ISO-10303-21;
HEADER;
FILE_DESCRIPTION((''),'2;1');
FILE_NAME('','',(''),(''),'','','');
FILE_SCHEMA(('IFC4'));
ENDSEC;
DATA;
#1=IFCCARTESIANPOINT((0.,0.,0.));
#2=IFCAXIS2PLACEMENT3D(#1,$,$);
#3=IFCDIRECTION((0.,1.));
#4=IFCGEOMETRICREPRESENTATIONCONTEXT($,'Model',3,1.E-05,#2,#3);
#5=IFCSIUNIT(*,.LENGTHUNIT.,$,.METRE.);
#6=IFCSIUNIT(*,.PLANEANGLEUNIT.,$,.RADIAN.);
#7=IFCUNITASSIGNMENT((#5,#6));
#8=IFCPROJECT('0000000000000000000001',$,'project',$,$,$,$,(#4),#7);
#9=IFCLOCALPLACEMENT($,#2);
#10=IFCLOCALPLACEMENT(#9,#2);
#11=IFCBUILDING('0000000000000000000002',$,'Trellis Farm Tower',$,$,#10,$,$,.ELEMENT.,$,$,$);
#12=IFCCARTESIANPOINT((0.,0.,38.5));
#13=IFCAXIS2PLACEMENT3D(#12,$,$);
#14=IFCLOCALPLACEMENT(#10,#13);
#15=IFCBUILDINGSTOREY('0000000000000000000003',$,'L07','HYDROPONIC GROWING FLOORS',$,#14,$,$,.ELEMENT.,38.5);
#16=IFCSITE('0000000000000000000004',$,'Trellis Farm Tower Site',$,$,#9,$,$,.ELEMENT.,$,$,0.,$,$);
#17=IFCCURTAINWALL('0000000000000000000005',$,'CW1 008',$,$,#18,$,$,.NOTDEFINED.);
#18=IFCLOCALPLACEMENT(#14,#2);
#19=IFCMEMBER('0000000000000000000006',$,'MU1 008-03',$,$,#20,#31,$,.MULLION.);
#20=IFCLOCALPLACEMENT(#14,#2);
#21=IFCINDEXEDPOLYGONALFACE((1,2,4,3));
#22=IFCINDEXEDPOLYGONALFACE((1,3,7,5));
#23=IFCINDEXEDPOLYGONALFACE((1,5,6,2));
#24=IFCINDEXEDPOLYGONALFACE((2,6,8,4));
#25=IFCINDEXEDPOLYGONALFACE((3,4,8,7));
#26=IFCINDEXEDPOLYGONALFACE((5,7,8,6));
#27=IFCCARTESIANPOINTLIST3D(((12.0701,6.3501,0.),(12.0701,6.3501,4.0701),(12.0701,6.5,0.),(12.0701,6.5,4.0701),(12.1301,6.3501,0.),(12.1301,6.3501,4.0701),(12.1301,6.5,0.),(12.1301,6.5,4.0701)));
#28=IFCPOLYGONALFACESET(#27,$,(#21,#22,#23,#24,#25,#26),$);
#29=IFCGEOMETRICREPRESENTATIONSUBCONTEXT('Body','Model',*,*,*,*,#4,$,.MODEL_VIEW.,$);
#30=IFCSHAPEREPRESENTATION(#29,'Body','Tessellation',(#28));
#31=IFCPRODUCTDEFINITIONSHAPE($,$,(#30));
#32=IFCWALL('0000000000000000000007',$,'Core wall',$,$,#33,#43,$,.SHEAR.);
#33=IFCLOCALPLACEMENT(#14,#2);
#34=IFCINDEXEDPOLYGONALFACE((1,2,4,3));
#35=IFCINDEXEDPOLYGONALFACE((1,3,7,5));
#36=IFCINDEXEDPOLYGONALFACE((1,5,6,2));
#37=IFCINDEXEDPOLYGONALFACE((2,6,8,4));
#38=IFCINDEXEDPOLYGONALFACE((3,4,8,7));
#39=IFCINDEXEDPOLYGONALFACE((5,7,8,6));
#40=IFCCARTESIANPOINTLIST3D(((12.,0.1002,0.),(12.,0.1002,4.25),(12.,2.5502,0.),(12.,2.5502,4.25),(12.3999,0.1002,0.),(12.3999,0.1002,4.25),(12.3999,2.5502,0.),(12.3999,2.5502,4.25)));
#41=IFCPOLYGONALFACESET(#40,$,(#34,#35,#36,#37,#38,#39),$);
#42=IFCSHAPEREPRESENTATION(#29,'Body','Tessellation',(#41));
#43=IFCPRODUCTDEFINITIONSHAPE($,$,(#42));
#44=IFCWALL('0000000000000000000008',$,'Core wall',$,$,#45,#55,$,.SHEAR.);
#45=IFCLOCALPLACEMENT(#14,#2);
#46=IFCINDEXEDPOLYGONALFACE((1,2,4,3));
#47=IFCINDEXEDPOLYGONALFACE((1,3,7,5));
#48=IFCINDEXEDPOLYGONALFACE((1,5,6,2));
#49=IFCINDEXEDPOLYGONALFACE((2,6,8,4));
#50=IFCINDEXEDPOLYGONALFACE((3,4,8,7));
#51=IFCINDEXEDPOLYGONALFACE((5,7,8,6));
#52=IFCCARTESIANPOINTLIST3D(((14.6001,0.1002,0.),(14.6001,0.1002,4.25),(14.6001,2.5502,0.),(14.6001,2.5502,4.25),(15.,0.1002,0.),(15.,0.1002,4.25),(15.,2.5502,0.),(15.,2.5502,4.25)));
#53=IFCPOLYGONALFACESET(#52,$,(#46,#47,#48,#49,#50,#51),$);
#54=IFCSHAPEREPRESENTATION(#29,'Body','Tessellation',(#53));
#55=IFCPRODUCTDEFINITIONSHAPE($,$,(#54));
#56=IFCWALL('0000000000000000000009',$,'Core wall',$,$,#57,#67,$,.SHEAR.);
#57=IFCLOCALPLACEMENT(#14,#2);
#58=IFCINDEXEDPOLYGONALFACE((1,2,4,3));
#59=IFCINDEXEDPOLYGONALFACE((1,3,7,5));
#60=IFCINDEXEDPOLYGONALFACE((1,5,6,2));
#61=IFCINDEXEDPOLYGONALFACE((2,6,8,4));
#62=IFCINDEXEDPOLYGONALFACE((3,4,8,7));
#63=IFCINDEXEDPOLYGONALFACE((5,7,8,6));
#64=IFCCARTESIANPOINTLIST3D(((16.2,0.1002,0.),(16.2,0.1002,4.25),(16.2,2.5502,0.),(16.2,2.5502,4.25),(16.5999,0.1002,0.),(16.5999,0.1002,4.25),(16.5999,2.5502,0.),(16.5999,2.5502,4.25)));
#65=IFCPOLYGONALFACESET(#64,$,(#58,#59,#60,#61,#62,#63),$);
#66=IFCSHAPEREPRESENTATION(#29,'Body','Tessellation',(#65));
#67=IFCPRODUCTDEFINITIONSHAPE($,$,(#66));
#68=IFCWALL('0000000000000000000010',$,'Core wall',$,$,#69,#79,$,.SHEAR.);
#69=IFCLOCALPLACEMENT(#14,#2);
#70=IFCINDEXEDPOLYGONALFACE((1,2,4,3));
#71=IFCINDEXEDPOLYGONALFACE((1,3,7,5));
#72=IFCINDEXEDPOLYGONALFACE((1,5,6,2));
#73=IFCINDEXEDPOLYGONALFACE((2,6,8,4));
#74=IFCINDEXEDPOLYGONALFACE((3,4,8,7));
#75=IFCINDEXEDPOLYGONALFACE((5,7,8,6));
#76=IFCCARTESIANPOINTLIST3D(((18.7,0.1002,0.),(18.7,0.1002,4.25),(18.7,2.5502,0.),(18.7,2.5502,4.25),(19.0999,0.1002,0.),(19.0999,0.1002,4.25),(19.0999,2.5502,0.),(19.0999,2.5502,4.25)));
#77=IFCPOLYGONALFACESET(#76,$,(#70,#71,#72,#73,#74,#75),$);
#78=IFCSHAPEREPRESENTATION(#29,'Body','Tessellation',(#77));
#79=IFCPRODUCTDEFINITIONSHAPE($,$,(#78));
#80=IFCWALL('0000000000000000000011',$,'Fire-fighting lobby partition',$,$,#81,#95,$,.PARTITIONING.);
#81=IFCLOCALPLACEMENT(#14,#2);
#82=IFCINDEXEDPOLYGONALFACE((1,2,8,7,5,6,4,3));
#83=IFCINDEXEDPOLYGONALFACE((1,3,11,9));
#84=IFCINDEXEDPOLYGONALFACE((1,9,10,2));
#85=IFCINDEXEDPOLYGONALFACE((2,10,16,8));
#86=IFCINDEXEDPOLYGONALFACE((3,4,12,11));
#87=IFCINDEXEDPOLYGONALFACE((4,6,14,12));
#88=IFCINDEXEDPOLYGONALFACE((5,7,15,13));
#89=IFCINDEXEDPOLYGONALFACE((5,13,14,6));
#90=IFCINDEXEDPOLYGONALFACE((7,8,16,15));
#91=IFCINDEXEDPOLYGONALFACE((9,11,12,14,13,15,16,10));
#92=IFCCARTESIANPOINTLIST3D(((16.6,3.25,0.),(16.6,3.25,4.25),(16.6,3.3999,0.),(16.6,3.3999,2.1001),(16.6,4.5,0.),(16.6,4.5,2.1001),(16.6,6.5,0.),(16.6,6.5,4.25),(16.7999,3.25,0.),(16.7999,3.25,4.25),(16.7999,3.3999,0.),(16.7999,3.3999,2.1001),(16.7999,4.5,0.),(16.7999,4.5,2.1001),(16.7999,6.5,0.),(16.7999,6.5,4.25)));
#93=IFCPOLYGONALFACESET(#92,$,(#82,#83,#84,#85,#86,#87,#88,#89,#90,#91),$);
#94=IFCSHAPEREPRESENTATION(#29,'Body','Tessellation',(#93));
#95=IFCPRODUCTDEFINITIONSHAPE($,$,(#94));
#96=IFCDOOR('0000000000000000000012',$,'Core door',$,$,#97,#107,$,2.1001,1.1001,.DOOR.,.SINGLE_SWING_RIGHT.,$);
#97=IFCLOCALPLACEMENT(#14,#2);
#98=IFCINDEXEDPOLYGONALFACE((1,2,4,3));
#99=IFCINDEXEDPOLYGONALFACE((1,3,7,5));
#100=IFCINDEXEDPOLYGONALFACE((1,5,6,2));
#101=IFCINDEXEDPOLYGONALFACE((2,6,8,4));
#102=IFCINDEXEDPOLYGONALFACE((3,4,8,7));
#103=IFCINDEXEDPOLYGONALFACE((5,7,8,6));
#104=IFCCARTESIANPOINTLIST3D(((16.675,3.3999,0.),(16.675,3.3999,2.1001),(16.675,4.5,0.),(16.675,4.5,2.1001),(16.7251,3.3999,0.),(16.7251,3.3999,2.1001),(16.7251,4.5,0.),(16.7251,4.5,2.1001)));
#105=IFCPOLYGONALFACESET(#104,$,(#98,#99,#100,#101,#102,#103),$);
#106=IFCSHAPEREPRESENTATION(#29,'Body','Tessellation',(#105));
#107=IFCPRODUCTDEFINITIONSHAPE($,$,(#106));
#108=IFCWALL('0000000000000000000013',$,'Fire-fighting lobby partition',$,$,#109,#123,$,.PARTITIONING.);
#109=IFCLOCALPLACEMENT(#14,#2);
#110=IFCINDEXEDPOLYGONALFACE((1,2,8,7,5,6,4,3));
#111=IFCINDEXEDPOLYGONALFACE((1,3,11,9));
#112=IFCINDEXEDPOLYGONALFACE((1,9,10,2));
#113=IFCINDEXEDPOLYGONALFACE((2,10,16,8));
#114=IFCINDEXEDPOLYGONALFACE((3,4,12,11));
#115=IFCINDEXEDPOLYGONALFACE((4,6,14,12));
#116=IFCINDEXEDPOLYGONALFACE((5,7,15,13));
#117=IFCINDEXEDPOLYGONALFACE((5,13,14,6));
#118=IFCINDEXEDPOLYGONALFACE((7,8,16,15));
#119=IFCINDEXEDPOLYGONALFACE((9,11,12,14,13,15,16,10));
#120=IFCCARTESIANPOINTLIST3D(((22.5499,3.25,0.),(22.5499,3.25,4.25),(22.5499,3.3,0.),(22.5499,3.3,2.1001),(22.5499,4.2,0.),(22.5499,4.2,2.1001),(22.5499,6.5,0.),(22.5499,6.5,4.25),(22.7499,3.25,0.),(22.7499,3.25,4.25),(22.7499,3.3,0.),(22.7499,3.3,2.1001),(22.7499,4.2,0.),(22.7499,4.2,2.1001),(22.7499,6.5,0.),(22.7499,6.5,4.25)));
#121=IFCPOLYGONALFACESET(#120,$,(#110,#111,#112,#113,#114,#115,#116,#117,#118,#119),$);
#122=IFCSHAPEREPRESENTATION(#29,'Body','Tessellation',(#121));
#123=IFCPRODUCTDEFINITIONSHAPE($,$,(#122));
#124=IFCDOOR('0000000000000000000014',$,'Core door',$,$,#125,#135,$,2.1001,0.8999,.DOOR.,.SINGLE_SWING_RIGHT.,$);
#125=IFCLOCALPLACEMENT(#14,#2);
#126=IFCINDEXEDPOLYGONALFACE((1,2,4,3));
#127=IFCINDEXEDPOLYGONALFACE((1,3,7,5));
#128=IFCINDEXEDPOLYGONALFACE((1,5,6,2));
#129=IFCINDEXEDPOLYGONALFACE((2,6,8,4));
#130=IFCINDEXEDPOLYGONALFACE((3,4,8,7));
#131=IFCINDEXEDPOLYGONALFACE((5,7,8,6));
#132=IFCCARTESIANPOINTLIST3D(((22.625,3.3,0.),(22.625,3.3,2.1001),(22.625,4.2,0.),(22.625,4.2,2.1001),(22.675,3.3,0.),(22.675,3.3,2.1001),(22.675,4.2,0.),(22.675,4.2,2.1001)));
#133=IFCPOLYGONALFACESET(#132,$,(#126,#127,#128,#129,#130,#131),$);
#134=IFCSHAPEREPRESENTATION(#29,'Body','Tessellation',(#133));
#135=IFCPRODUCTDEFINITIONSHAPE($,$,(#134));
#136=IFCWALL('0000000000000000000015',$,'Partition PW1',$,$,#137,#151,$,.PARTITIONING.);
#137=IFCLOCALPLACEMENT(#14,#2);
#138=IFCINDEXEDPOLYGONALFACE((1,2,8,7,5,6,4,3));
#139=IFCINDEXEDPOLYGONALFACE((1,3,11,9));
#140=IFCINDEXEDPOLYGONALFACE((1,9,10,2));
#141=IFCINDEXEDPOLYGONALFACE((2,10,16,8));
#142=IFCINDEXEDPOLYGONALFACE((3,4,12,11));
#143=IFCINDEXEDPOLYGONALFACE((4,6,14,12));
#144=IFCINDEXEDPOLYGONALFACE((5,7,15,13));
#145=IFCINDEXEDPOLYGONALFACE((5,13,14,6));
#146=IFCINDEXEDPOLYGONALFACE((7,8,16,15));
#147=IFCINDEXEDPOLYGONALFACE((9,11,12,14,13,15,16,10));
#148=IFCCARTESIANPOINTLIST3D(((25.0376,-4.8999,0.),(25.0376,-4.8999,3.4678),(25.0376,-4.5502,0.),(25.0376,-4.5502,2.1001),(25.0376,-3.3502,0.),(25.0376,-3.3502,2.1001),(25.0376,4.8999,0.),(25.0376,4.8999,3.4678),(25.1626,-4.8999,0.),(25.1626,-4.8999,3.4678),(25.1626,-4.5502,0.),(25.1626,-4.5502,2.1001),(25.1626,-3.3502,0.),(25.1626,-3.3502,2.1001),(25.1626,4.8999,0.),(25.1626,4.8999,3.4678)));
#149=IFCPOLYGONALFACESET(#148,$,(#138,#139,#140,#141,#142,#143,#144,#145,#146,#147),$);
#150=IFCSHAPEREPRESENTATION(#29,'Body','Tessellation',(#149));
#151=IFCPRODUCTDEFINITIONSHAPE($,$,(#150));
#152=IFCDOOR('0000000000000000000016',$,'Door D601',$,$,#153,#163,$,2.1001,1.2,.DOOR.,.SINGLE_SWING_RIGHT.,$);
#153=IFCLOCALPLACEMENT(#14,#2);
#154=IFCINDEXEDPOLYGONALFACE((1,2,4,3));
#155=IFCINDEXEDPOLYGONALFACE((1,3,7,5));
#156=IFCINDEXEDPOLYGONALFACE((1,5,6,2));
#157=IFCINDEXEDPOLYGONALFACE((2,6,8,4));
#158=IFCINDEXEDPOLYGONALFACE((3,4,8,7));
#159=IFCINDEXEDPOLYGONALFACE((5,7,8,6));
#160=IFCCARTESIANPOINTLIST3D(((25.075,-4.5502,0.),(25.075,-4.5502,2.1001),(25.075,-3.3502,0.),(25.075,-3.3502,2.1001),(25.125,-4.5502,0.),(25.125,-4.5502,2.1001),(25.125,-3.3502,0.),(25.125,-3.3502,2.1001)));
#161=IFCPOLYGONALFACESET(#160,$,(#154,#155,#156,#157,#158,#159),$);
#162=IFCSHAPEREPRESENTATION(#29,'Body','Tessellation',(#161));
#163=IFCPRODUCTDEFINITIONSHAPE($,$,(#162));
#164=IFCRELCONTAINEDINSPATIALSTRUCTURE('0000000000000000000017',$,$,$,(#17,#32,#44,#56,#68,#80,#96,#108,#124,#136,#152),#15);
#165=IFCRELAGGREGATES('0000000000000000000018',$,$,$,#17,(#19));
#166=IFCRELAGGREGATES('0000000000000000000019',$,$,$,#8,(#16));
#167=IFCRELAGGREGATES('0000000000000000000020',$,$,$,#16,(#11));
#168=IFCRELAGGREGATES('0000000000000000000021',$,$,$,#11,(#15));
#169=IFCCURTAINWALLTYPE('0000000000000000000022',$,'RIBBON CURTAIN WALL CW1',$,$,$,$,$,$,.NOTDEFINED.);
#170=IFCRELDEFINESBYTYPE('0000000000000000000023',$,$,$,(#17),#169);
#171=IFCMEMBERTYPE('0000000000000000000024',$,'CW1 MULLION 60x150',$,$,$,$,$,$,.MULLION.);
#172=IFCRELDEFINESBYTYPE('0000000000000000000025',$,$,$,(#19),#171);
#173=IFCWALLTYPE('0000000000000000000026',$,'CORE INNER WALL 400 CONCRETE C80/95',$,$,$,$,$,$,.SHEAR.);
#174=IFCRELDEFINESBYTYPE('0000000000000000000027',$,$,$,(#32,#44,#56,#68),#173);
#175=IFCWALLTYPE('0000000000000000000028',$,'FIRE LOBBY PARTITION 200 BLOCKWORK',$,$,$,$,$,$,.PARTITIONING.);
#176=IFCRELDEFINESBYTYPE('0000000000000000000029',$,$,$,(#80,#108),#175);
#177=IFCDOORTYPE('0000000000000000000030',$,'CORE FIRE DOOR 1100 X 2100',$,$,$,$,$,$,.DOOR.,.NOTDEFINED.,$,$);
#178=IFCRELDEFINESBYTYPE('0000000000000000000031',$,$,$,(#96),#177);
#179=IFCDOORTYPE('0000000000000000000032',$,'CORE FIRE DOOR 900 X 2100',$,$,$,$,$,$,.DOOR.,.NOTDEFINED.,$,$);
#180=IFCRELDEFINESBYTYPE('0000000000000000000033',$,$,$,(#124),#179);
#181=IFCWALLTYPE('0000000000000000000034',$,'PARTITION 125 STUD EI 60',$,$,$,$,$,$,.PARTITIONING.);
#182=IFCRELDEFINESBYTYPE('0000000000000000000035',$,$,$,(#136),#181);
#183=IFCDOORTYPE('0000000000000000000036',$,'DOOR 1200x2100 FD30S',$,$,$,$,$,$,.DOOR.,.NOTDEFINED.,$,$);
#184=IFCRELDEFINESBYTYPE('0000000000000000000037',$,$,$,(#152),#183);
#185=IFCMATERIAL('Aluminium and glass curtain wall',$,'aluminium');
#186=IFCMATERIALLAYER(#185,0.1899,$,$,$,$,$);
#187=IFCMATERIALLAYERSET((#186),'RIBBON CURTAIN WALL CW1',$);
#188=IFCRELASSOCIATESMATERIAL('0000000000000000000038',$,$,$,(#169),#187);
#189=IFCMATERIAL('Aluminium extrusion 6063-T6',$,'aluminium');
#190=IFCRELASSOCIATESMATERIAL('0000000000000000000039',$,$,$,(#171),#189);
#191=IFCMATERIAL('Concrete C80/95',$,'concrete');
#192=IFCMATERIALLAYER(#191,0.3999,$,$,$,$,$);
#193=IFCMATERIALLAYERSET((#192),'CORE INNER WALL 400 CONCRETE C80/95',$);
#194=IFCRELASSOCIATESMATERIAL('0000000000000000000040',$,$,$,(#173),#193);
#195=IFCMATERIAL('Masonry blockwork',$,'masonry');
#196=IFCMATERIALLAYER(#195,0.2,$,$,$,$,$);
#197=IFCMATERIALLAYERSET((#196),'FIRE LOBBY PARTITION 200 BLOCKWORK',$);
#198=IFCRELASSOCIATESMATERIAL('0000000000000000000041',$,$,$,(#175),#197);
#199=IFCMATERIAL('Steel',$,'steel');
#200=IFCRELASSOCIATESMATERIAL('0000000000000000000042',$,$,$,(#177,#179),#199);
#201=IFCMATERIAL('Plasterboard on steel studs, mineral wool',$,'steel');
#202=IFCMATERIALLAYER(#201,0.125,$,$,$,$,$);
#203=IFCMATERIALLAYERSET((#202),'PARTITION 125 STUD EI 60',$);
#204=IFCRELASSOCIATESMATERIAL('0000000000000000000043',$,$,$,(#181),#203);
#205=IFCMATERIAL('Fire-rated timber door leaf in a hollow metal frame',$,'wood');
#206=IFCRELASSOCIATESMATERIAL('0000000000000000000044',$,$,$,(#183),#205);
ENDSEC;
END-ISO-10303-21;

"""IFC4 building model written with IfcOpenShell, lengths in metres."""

from ifc_helpers import new_model, si_unit, direction, frame, frame_2d, origin, origin_2d, place, context, subcontext, project, spatial, rectangle, extrude, source, transform, mapped, material, layer, layer_set, material_profile, profile_set, type_object, element, fill, aggregate, save


model = new_model("IFC4")

# Units and contexts
model_context = context("Model", 3, precision=1e-05, world=origin(), true_north=direction((0.0, 1.0)))
body_context = subcontext(model_context, "Body", "Model", "MODEL_VIEW")
ifc_project = project(units=[si_unit("LENGTHUNIT", "METRE"), si_unit("PLANEANGLEUNIT", "RADIAN")], contexts=[model_context])

# Site, building, storey
site_placement = place(None, origin())
site = spatial("IfcSite", under=ifc_project, at=site_placement, Name="Trellis Farm Tower Site", CompositionType="ELEMENT", RefElevation=0.0)
building_placement = place(site_placement, origin())
building = spatial("IfcBuilding", under=site, at=building_placement, Name="Trellis Farm Tower", CompositionType="ELEMENT")
storey_placement = place(building_placement, frame((0.0, 0.0, 38.5)))
storey = spatial("IfcBuildingStorey", under=building, at=storey_placement, Name="L07", Description="HYDROPONIC GROWING FLOORS", CompositionType="ELEMENT", Elevation=38.5)

# Shared definitions
ifc_material_1 = material(Name="Concrete C80/95", Category="concrete")

# Curtain wall, member
ifc_material_2 = material(Name="Aluminium and glass curtain wall", Category="aluminium")
ifc_layer_1 = layer(ifc_material_2, 0.1899)
ifc_layer_set_1 = layer_set([ifc_layer_1], Name="RIBBON CURTAIN WALL CW1")
curtain_wall_type = type_object("IfcCurtainWallType", Name="RIBBON CURTAIN WALL CW1", PredefinedType="NOTDEFINED", material=ifc_layer_set_1)
placement = place(storey_placement, origin())
ifc_material_3 = material(Name="Aluminium extrusion 6063-T6", Category="aluminium")
ifc_material_profile_1 = material_profile(ifc_material_3, rectangle(XDim=0.0601, YDim=0.1499, at=origin_2d()), Name="MULLION 60x150")
ifc_profile_set_1 = profile_set([ifc_material_profile_1], Name="Aluminium extrusion 6063-T6")
member_type = type_object("IfcMemberType", Name="CW1 MULLION 60x150", PredefinedType="MULLION", material=ifc_profile_set_1)
shared_shape_1 = source(origin(), body_context, "Body", "SweptSolid", [
    extrude(rectangle(XDim=0.0601, YDim=0.1499, at=origin_2d()), origin(), (0.0, 0.0, 1.0), 4.0701),
])
curtain_wall_1 = element("IfcCurtainWall", 1, at=placement, inside=storey, type_object=curtain_wall_type, Name="CW1 008", PredefinedType="NOTDEFINED")
member_1_placement = place(storey_placement, frame((12.1001, 6.425, 0.0), z_axis=(0.0, 0.0, 1.0), x_axis=(-1.0, 0.0, 0.0)))
member_1 = element("IfcMember", 2, at=member_1_placement, type_object=member_type, Name="MU1 008-03", PredefinedType="MULLION", context=body_context, shape_type="MappedRepresentation", body=[
    mapped(shared_shape_1, transform((0.0, 0.0, 0.0))),
])
aggregate(curtain_wall_1, [member_1])

# Walls
ifc_layer_2 = layer(ifc_material_1, 0.3999)
ifc_layer_set_2 = layer_set([ifc_layer_2], Name="CORE INNER WALL 400 CONCRETE C80/95")
wall_type_1 = type_object("IfcWallType", Name="CORE INNER WALL 400 CONCRETE C80/95", PredefinedType="SHEAR", material=ifc_layer_set_2)
shared_shape_2 = source(origin(), body_context, "Body", "SweptSolid", [
    extrude(rectangle(XDim=2.45, YDim=0.3999, at=frame_2d((1.2251, 0.0))), origin(), (0.0, 0.0, 1.0), 4.25),
])
for number, where, z_axis, x_axis, name in (
    (3, (12.2, 0.1001, 0.0), (0.0, 0.0, 1.0), (0.0, 1.0, 0.0), "Core wall"),
    (4, (14.8, 0.1001, 0.0), (0.0, 0.0, 1.0), (0.0, 1.0, 0.0), "Core wall"),
    (5, (16.3999, 0.1001, 0.0), (0.0, 0.0, 1.0), (0.0, 1.0, 0.0), "Core wall"),
    (6, (18.8999, 0.1001, 0.0), (0.0, 0.0, 1.0), (0.0, 1.0, 0.0), "Core wall"),
):
    element("IfcWall", number, at=place(storey_placement, frame(where, z_axis=z_axis, x_axis=x_axis)), inside=storey, type_object=wall_type_1, Name=name, PredefinedType="SHEAR", context=body_context, shape_type="MappedRepresentation", body=[
        mapped(shared_shape_2, transform((0.0, 0.0, 0.0))),
    ])

# Walls, openings, doors
ifc_material_4 = material(Name="Masonry blockwork", Category="masonry")
ifc_layer_3 = layer(ifc_material_4, 0.2)
ifc_layer_set_3 = layer_set([ifc_layer_3], Name="FIRE LOBBY PARTITION 200 BLOCKWORK")
wall_type_2 = type_object("IfcWallType", Name="FIRE LOBBY PARTITION 200 BLOCKWORK", PredefinedType="PARTITIONING", material=ifc_layer_set_3)
shared_shape_3 = source(origin(), body_context, "Body", "SweptSolid", [
    extrude(rectangle(XDim=3.25, YDim=0.2, at=frame_2d((1.625, 0.0))), origin(), (0.0, 0.0, 1.0), 4.25),
])
wall_1_placement = place(storey_placement, frame((16.7, 3.25, 0.0), z_axis=(0.0, 0.0, 1.0), x_axis=(0.0, 1.0, 0.0)))
wall_1 = element("IfcWall", 7, at=wall_1_placement, inside=storey, type_object=wall_type_2, Name="Fire-fighting lobby partition", PredefinedType="PARTITIONING", context=body_context, shape_type="MappedRepresentation", body=[
    mapped(shared_shape_3, transform((0.0, 0.0, 0.0))),
])
shared_shape_4 = source(origin(), body_context, "Body", "SweptSolid", [
    extrude(rectangle(XDim=1.1001, YDim=2.1001, at=frame_2d((0.55, 1.05))), frame((0.0, 0.1101, 0.0), z_axis=(0.0, -1.0, 0.0), x_axis=(1.0, 0.0, 0.0)), (0.0, 0.0, 1.0), 0.2202),
])
opening_1_placement = place(wall_1_placement, frame((0.1499, 0.0, 0.0)))
opening_1 = element("IfcOpeningElement", 8, at=opening_1_placement, cuts=wall_1, PredefinedType="OPENING", context=body_context, shape_type="MappedRepresentation", body=[
    mapped(shared_shape_4, transform((0.0, 0.0, 0.0))),
])
ifc_material_5 = material(Name="Steel", Category="steel")
door_type_1 = type_object("IfcDoorType", Name="CORE FIRE DOOR 1100 X 2100", OperationType="NOTDEFINED", PredefinedType="DOOR", material=ifc_material_5)
shared_shape_5 = source(origin(), body_context, "Body", "SweptSolid", [
    extrude(rectangle(XDim=1.1001, YDim=2.1001, at=frame_2d((0.55, 1.05))), frame((0.0, 0.0249, 0.0), z_axis=(0.0, -1.0, 0.0), x_axis=(1.0, 0.0, 0.0)), (0.0, 0.0, 1.0), 0.05),
])
door_1_placement = place(opening_1_placement, origin())
door_1 = element("IfcDoor", 9, at=door_1_placement, inside=storey, type_object=door_type_1, Name="Core door", OperationType="SINGLE_SWING_RIGHT", OverallHeight=2.1001, OverallWidth=1.1001, PredefinedType="DOOR", context=body_context, shape_type="MappedRepresentation", body=[
    mapped(shared_shape_5, transform((0.0, 0.0, 0.0))),
])
fill(opening_1, door_1)
wall_2_placement = place(storey_placement, frame((22.6499, 3.25, 0.0), z_axis=(0.0, 0.0, 1.0), x_axis=(0.0, 1.0, 0.0)))
wall_2 = element("IfcWall", 10, at=wall_2_placement, inside=storey, type_object=wall_type_2, Name="Fire-fighting lobby partition", PredefinedType="PARTITIONING", context=body_context, shape_type="MappedRepresentation", body=[
    mapped(shared_shape_3, transform((0.0, 0.0, 0.0))),
])
shared_shape_6 = source(origin(), body_context, "Body", "SweptSolid", [
    extrude(rectangle(XDim=0.8999, YDim=2.1001, at=frame_2d((0.45, 1.05))), frame((0.0, 0.1101, 0.0), z_axis=(0.0, -1.0, 0.0), x_axis=(1.0, 0.0, 0.0)), (0.0, 0.0, 1.0), 0.2202),
])
opening_2_placement = place(wall_2_placement, frame((0.05, 0.0, 0.0)))
opening_2 = element("IfcOpeningElement", 11, at=opening_2_placement, cuts=wall_2, PredefinedType="OPENING", context=body_context, shape_type="MappedRepresentation", body=[
    mapped(shared_shape_6, transform((0.0, 0.0, 0.0))),
])
door_type_2 = type_object("IfcDoorType", Name="CORE FIRE DOOR 900 X 2100", OperationType="NOTDEFINED", PredefinedType="DOOR", material=ifc_material_5)
shared_shape_7 = source(origin(), body_context, "Body", "SweptSolid", [
    extrude(rectangle(XDim=0.8999, YDim=2.1001, at=frame_2d((0.45, 1.05))), frame((0.0, 0.0249, 0.0), z_axis=(0.0, -1.0, 0.0), x_axis=(1.0, 0.0, 0.0)), (0.0, 0.0, 1.0), 0.05),
])
door_2_placement = place(opening_2_placement, origin())
door_2 = element("IfcDoor", 12, at=door_2_placement, inside=storey, type_object=door_type_2, Name="Core door", OperationType="SINGLE_SWING_RIGHT", OverallHeight=2.1001, OverallWidth=0.8999, PredefinedType="DOOR", context=body_context, shape_type="MappedRepresentation", body=[
    mapped(shared_shape_7, transform((0.0, 0.0, 0.0))),
])
fill(opening_2, door_2)
ifc_material_6 = material(Name="Plasterboard on steel studs, mineral wool", Category="steel")
ifc_layer_4 = layer(ifc_material_6, 0.125)
ifc_layer_set_4 = layer_set([ifc_layer_4], Name="PARTITION 125 STUD EI 60")
wall_type_3 = type_object("IfcWallType", Name="PARTITION 125 STUD EI 60", PredefinedType="PARTITIONING", material=ifc_layer_set_4)
shared_shape_8 = source(origin(), body_context, "Body", "SweptSolid", [
    extrude(rectangle(XDim=9.7998, YDim=0.125, at=frame_2d((4.8999, 0.0))), origin(), (0.0, 0.0, 1.0), 3.4678),
])
wall_3_placement = place(storey_placement, frame((25.1001, 4.8999, 0.0), z_axis=(0.0, 0.0, 1.0), x_axis=(0.0, -1.0, 0.0)))
wall_3 = element("IfcWall", 13, at=wall_3_placement, inside=storey, type_object=wall_type_3, Name="Partition PW1", PredefinedType="PARTITIONING", context=body_context, shape_type="MappedRepresentation", body=[
    mapped(shared_shape_8, transform((0.0, 0.0, 0.0))),
])
shared_shape_9 = source(origin(), body_context, "Body", "SweptSolid", [
    extrude(rectangle(XDim=1.2, YDim=2.1001, at=frame_2d((0.6001, 1.05))), frame((0.0, 0.0725, 0.0), z_axis=(0.0, -1.0, 0.0), x_axis=(1.0, 0.0, 0.0)), (0.0, 0.0, 1.0), 0.145),
])
opening_3_placement = place(wall_3_placement, frame((8.25, 0.0, 0.0)))
opening_3 = element("IfcOpeningElement", 14, at=opening_3_placement, cuts=wall_3, PredefinedType="OPENING", context=body_context, shape_type="MappedRepresentation", body=[
    mapped(shared_shape_9, transform((0.0, 0.0, 0.0))),
])
ifc_material_7 = material(Name="Fire-rated timber door leaf in a hollow metal frame", Category="wood")
door_type_3 = type_object("IfcDoorType", Name="DOOR 1200x2100 FD30S", OperationType="NOTDEFINED", PredefinedType="DOOR", material=ifc_material_7)
shared_shape_10 = source(origin(), body_context, "Body", "SweptSolid", [
    extrude(rectangle(XDim=1.2, YDim=2.1001, at=frame_2d((0.6001, 1.05))), frame((0.0, 0.0249, 0.0), z_axis=(0.0, -1.0, 0.0), x_axis=(1.0, 0.0, 0.0)), (0.0, 0.0, 1.0), 0.05),
])
door_3_placement = place(opening_3_placement, origin())
door_3 = element("IfcDoor", 15, at=door_3_placement, inside=storey, type_object=door_type_3, Name="Door D601", OperationType="SINGLE_SWING_RIGHT", OverallHeight=2.1001, OverallWidth=1.2, PredefinedType="DOOR", context=body_context, shape_type="MappedRepresentation", body=[
    mapped(shared_shape_10, transform((0.0, 0.0, 0.0))),
])
fill(opening_3, door_3)

save(model, "model.ifc")
